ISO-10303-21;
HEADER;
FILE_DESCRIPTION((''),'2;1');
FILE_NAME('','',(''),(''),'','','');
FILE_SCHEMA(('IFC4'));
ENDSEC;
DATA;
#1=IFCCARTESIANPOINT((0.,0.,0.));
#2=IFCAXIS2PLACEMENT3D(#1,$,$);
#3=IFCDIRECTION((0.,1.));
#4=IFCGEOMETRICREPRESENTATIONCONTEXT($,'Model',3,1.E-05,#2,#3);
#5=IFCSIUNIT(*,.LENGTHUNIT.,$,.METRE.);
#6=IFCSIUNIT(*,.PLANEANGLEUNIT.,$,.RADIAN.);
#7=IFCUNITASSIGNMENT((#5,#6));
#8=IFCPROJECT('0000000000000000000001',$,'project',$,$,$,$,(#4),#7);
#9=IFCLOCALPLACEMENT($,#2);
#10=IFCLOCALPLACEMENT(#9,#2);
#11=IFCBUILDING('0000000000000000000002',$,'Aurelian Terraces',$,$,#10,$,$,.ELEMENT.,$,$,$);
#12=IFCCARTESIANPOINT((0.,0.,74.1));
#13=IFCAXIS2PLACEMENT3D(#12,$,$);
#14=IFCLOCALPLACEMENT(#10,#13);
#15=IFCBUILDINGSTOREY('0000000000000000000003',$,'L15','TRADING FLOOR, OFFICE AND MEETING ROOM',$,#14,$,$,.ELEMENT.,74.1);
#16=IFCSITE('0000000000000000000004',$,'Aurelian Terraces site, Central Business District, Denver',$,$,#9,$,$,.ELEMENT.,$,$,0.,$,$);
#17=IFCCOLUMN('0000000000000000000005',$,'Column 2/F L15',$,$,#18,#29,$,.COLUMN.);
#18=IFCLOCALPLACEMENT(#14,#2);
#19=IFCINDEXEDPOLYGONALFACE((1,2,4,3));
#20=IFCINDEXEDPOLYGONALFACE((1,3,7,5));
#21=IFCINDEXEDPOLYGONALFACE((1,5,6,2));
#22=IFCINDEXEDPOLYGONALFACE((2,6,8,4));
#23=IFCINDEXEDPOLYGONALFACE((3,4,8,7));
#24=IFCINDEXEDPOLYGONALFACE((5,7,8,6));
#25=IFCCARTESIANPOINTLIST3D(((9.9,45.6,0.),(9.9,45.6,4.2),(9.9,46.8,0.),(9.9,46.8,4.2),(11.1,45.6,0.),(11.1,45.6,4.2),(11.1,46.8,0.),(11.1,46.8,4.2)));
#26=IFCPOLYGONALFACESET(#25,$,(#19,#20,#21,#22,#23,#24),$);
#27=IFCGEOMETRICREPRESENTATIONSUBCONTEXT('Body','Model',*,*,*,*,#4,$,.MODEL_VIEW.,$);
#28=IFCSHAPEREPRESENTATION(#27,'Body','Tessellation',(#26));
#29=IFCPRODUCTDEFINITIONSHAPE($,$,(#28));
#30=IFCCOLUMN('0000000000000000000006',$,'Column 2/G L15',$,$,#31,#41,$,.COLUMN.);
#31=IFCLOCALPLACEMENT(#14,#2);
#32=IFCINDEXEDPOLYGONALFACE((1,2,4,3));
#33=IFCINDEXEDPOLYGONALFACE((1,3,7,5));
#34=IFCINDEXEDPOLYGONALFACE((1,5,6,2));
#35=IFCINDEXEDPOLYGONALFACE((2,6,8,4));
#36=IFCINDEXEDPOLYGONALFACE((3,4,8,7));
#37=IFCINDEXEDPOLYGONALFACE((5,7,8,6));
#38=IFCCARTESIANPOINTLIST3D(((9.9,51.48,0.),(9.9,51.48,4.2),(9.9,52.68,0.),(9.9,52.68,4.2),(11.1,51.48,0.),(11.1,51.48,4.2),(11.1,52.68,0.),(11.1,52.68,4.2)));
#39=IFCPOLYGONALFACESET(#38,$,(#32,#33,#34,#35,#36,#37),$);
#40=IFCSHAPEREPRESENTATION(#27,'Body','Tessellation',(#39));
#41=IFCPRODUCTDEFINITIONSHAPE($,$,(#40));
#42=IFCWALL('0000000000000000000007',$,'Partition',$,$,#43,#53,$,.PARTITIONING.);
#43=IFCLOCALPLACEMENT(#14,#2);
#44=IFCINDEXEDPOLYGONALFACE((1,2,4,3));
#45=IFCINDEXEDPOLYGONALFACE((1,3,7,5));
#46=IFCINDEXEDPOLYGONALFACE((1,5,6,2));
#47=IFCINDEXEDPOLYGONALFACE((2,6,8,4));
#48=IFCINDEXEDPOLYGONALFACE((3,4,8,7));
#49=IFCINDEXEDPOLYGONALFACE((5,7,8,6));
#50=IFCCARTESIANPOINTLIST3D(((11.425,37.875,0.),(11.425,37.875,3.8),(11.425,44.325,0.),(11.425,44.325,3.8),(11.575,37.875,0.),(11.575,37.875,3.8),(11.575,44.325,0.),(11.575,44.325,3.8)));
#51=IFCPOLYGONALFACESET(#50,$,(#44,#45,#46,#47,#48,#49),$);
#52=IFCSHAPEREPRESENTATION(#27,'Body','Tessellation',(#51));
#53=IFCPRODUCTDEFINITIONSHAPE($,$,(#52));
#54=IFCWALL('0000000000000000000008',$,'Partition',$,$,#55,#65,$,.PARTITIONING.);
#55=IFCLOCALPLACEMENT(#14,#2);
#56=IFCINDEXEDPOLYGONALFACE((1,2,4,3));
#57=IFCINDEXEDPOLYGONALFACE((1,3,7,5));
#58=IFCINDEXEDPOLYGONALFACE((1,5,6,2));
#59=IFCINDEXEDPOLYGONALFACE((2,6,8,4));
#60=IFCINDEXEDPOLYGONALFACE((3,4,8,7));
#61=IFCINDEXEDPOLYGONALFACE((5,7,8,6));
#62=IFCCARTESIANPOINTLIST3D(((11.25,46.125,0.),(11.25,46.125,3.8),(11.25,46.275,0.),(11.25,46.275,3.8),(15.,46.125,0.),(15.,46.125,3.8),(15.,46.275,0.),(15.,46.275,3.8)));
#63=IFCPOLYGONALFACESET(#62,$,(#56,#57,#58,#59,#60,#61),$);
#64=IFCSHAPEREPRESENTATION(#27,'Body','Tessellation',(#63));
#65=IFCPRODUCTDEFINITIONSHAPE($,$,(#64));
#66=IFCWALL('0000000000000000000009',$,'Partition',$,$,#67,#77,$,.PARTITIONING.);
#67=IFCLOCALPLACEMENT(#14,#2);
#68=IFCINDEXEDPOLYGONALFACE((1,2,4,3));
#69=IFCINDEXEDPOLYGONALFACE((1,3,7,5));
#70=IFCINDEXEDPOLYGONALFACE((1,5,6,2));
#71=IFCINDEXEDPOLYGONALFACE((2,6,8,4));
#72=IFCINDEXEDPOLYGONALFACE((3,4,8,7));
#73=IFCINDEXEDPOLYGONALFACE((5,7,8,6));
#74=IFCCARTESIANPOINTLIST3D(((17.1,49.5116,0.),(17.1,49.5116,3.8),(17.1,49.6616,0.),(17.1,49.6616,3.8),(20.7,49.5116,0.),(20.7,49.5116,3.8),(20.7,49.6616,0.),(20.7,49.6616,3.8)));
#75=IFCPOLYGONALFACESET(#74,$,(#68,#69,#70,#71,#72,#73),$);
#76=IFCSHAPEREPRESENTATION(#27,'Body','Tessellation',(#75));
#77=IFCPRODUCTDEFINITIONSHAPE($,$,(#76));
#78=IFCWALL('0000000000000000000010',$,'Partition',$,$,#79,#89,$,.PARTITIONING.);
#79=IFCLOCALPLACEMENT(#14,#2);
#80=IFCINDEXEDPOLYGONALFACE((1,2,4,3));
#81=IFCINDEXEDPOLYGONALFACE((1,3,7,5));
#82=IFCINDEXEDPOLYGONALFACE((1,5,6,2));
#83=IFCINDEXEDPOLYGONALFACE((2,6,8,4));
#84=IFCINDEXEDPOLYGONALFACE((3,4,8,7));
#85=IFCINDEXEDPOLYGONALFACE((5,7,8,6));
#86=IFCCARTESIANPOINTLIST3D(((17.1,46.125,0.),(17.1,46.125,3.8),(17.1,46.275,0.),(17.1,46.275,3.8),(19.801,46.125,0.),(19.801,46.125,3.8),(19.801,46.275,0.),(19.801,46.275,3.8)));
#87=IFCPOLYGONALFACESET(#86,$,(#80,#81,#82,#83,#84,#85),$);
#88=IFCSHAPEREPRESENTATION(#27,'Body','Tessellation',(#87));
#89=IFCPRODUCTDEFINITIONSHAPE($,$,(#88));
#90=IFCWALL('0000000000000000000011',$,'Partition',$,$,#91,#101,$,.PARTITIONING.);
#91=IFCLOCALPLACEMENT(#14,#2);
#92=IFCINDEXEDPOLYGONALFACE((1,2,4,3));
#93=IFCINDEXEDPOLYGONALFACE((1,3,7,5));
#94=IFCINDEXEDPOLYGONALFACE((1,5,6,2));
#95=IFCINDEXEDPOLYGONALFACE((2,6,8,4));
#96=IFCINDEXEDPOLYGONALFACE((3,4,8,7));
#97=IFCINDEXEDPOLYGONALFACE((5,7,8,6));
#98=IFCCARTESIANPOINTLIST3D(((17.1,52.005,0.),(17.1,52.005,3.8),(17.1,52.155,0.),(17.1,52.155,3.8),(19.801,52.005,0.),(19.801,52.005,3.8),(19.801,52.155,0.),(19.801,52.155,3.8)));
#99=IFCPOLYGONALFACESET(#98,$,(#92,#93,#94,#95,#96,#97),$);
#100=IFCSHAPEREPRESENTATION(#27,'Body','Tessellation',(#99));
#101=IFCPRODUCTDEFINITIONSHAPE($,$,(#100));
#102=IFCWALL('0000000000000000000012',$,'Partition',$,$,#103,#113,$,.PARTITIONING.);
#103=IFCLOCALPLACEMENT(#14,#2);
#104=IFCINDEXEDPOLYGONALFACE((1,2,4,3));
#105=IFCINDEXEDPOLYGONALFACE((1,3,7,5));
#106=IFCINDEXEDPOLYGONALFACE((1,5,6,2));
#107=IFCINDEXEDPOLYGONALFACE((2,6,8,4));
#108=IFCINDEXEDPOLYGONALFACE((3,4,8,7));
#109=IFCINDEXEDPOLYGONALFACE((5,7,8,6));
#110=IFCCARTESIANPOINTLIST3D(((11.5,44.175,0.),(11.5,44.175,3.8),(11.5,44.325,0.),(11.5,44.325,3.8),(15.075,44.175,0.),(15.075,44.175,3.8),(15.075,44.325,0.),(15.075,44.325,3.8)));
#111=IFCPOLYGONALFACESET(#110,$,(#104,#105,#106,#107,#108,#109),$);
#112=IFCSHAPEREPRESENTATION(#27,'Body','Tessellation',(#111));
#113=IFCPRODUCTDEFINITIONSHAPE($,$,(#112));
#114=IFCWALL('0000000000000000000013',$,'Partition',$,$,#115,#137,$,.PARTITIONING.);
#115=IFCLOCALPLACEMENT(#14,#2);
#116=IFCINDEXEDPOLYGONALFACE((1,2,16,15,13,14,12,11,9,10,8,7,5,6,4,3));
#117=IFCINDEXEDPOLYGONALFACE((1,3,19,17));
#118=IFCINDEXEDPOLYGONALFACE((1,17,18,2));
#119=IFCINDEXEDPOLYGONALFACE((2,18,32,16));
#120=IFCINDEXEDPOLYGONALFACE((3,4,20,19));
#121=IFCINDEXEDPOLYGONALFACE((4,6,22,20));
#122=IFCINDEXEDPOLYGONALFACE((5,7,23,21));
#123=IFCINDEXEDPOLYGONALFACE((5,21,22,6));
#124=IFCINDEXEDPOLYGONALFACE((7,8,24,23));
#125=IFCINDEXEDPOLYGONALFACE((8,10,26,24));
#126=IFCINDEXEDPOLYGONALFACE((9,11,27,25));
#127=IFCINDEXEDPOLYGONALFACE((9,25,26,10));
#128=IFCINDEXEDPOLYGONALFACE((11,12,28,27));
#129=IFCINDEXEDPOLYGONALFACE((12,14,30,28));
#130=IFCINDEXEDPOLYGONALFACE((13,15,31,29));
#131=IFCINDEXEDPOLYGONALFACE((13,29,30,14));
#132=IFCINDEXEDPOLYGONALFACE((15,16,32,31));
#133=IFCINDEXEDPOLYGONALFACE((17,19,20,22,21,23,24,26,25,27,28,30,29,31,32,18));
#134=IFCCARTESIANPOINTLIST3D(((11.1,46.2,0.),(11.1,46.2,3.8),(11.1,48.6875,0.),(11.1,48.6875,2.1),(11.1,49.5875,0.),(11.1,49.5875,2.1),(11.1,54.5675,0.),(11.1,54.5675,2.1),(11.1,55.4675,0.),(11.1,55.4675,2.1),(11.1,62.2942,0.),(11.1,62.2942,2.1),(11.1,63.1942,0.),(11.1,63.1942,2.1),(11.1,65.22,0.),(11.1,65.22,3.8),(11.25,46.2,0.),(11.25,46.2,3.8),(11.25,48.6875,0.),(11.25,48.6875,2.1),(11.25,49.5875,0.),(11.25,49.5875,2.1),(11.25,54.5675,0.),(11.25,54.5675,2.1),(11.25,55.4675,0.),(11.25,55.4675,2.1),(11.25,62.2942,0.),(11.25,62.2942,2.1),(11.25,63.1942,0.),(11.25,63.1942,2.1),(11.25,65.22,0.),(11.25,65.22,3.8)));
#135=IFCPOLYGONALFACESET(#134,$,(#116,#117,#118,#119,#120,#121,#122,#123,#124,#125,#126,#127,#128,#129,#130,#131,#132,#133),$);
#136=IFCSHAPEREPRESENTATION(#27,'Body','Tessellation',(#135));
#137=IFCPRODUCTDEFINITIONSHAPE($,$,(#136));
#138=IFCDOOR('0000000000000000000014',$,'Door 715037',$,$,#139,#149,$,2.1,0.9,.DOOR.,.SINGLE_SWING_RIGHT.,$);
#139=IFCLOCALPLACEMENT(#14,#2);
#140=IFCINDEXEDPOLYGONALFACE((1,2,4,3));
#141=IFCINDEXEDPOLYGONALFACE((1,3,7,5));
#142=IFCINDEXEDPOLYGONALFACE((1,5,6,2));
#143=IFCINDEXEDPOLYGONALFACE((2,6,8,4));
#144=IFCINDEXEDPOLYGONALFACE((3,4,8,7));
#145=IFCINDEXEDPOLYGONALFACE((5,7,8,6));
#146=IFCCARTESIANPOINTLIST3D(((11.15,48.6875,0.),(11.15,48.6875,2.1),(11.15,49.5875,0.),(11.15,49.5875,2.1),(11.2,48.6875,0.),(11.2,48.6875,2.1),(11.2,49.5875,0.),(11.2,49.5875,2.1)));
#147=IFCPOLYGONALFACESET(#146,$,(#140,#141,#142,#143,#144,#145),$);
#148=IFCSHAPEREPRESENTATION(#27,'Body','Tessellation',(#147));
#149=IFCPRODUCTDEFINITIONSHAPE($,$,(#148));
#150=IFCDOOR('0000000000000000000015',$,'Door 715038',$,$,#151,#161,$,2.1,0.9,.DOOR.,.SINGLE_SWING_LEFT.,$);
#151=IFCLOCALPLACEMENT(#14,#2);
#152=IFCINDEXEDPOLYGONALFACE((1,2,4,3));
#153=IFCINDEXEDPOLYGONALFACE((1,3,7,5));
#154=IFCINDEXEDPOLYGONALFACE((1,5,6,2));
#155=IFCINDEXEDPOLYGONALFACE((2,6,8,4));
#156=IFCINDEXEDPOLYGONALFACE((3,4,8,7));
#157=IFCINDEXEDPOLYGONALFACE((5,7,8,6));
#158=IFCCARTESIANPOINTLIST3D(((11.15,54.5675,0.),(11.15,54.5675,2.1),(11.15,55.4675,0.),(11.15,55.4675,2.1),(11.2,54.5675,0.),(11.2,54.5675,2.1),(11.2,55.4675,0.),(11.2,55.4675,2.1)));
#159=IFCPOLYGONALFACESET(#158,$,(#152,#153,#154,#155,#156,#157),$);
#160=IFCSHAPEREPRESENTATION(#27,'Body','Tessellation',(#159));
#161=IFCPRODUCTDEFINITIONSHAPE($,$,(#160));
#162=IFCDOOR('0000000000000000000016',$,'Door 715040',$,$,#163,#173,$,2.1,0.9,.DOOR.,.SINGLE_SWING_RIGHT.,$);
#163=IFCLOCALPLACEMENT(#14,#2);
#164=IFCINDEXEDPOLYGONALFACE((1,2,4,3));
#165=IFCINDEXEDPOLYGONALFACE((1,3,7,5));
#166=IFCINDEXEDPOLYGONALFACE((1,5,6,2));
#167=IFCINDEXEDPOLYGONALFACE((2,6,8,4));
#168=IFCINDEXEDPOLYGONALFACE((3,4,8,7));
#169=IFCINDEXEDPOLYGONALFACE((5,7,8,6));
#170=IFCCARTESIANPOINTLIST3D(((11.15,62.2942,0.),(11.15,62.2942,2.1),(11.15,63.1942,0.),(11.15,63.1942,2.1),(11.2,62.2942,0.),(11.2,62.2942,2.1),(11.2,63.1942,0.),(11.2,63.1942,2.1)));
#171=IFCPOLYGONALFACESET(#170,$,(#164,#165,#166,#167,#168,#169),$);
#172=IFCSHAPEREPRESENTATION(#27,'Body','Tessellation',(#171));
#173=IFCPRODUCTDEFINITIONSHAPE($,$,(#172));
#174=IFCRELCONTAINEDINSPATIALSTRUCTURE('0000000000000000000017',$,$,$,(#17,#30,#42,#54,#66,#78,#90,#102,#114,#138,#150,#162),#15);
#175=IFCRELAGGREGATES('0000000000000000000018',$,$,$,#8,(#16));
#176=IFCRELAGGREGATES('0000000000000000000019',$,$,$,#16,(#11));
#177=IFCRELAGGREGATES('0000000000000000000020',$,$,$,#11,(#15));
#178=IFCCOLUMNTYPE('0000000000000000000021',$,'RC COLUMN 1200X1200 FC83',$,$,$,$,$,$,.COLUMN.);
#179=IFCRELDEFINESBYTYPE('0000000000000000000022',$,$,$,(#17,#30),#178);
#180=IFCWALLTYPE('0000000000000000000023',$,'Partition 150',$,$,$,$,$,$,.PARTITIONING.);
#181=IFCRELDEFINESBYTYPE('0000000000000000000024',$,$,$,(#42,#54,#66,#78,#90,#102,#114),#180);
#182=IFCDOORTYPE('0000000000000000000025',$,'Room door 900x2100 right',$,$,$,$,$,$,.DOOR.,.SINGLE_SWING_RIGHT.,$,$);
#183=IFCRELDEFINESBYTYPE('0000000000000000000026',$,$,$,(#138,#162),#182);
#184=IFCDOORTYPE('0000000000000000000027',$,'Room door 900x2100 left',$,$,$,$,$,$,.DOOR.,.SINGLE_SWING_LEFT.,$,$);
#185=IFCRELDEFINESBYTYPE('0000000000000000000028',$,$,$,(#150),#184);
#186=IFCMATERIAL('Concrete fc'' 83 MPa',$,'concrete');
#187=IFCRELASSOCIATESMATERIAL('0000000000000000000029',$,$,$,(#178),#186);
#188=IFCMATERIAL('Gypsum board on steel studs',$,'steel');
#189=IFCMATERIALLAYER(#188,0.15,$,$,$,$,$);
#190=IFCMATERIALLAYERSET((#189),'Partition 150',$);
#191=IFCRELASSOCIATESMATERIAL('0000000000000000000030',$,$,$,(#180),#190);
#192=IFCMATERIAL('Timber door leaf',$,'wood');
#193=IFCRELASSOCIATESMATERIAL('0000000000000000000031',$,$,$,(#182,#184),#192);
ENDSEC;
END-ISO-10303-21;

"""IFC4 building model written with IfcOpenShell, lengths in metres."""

from ifc_helpers import new_model, si_unit, direction, frame, frame_2d, origin, origin_2d, place, context, subcontext, project, spatial, rectangle, extrude, source, transform, mapped, material, layer, layer_set, material_profile, profile_set, type_object, element, fill, save


model = new_model("IFC4")

# Units and contexts
model_context = context("Model", 3, precision=1e-05, world=origin(), true_north=direction((0.0, 1.0)))
body_context = subcontext(model_context, "Body", "Model", "MODEL_VIEW")
ifc_project = project(units=[si_unit("LENGTHUNIT", "METRE"), si_unit("PLANEANGLEUNIT", "RADIAN")], contexts=[model_context])

# Site, building, storey
site_placement = place(None, origin())
site = spatial("IfcSite", under=ifc_project, at=site_placement, Name="Aurelian Terraces site, Central Business District, Denver", CompositionType="ELEMENT", RefElevation=0.0)
building_placement = place(site_placement, origin())
building = spatial("IfcBuilding", under=site, at=building_placement, Name="Aurelian Terraces", CompositionType="ELEMENT")
storey_placement = place(building_placement, frame((0.0, 0.0, 74.1)))
storey = spatial("IfcBuildingStorey", under=building, at=storey_placement, Name="L15", Description="TRADING FLOOR, OFFICE AND MEETING ROOM", CompositionType="ELEMENT", Elevation=74.1)

# Columns
ifc_material_1 = material(Name="Concrete fc' 83 MPa", Category="concrete")
ifc_material_profile = material_profile(ifc_material_1, rectangle(XDim=1.2, YDim=1.2, at=origin_2d()))
ifc_profile_set = profile_set([ifc_material_profile], Name="Concrete fc' 83 MPa")
column_type = type_object("IfcColumnType", Name="RC COLUMN 1200X1200 FC83", PredefinedType="COLUMN", material=ifc_profile_set)
shared_shape_1 = source(origin(), body_context, "Body", "SweptSolid", [
    extrude(rectangle(XDim=1.2, YDim=1.2, at=origin_2d()), origin(), (0.0, 0.0, 1.0), 4.2),
])
for number, where, z_axis, x_axis, name in (
    (1, (10.5, 46.2, 0.0), (0.0, 0.0, 1.0), (1.0, 0.0, 0.0), "Column 2/F L15"),
    (2, (10.5, 52.08, 0.0), (0.0, 0.0, 1.0), (1.0, 0.0, 0.0), "Column 2/G L15"),
):
    element("IfcColumn", number, at=place(storey_placement, frame(where, z_axis=z_axis, x_axis=x_axis)), inside=storey, type_object=column_type, Name=name, PredefinedType="COLUMN", context=body_context, shape_type="MappedRepresentation", body=[
        mapped(shared_shape_1, transform((0.0, 0.0, 0.0), scale=1.0)),
    ])

# Walls
ifc_material_2 = material(Name="Gypsum board on steel studs", Category="steel")
ifc_layer_1 = layer(ifc_material_2, 0.15)
ifc_layer_set_1 = layer_set([ifc_layer_1], Name="Partition 150")
wall_type_1 = type_object("IfcWallType", Name="Partition 150", PredefinedType="PARTITIONING", material=ifc_layer_set_1)
shared_shape_2 = source(origin(), body_context, "Body", "SweptSolid", [
    extrude(rectangle(XDim=6.45, YDim=0.15, at=frame_2d((3.225, 0.0))), origin(), (0.0, 0.0, 1.0), 3.8),
])
wall_1_placement = place(storey_placement, frame((11.5, 44.325, 0.0), z_axis=(0.0, 0.0, 1.0), x_axis=(0.0, -1.0, 0.0)))
element("IfcWall", 3, at=wall_1_placement, inside=storey, type_object=wall_type_1, Name="Partition", PredefinedType="PARTITIONING", context=body_context, shape_type="MappedRepresentation", body=[
    mapped(shared_shape_2, transform((0.0, 0.0, 0.0), scale=1.0)),
])
shared_shape_3 = source(origin(), body_context, "Body", "SweptSolid", [
    extrude(rectangle(XDim=3.75, YDim=0.15, at=frame_2d((1.875, 0.0))), origin(), (0.0, 0.0, 1.0), 3.8),
])
wall_2_placement = place(storey_placement, frame((15.0, 46.2, 0.0), z_axis=(0.0, 0.0, 1.0), x_axis=(-1.0, 0.0, 0.0)))
element("IfcWall", 4, at=wall_2_placement, inside=storey, type_object=wall_type_1, Name="Partition", PredefinedType="PARTITIONING", context=body_context, shape_type="MappedRepresentation", body=[
    mapped(shared_shape_3, transform((0.0, 0.0, 0.0), scale=1.0)),
])
shared_shape_4 = source(origin(), body_context, "Body", "SweptSolid", [
    extrude(rectangle(XDim=3.6, YDim=0.15, at=frame_2d((1.8, 0.0))), origin(), (0.0, 0.0, 1.0), 3.8),
])
wall_3_placement = place(storey_placement, frame((17.1, 49.5866, 0.0), z_axis=(0.0, 0.0, 1.0), x_axis=(1.0, 0.0, 0.0)))
element("IfcWall", 5, at=wall_3_placement, inside=storey, type_object=wall_type_1, Name="Partition", PredefinedType="PARTITIONING", context=body_context, shape_type="MappedRepresentation", body=[
    mapped(shared_shape_4, transform((0.0, 0.0, 0.0), scale=1.0)),
])
shared_shape_5 = source(origin(), body_context, "Body", "SweptSolid", [
    extrude(rectangle(XDim=2.701, YDim=0.15, at=frame_2d((1.3505, 0.0))), origin(), (0.0, 0.0, 1.0), 3.8),
])
for number, where, z_axis, x_axis, name in (
    (6, (19.801, 46.2, 0.0), (0.0, 0.0, 1.0), (-1.0, 0.0, 0.0), "Partition"),
    (7, (19.801, 52.08, 0.0), (0.0, 0.0, 1.0), (-1.0, 0.0, 0.0), "Partition"),
):
    element("IfcWall", number, at=place(storey_placement, frame(where, z_axis=z_axis, x_axis=x_axis)), inside=storey, type_object=wall_type_1, Name=name, PredefinedType="PARTITIONING", context=body_context, shape_type="MappedRepresentation", body=[
        mapped(shared_shape_5, transform((0.0, 0.0, 0.0), scale=1.0)),
    ])
shared_shape_6 = source(origin(), body_context, "Body", "SweptSolid", [
    extrude(rectangle(XDim=3.575, YDim=0.15, at=frame_2d((1.7875, 0.0))), origin(), (0.0, 0.0, 1.0), 3.8),
])
wall_4_placement = place(storey_placement, frame((15.075, 44.25, 0.0), z_axis=(0.0, 0.0, 1.0), x_axis=(-1.0, 0.0, 0.0)))
element("IfcWall", 8, at=wall_4_placement, inside=storey, type_object=wall_type_1, Name="Partition", PredefinedType="PARTITIONING", context=body_context, shape_type="MappedRepresentation", body=[
    mapped(shared_shape_6, transform((0.0, 0.0, 0.0), scale=1.0)),
])

# Wall, openings, doors
shared_shape_7 = source(origin(), body_context, "Body", "SweptSolid", [
    extrude(rectangle(XDim=19.02, YDim=0.15, at=frame_2d((9.51, 0.0))), origin(), (0.0, 0.0, 1.0), 3.8),
])
wall_5_placement = place(storey_placement, frame((11.175, 46.2, 0.0), z_axis=(0.0, 0.0, 1.0), x_axis=(0.0, 1.0, 0.0)))
wall_5 = element("IfcWall", 9, at=wall_5_placement, inside=storey, type_object=wall_type_1, Name="Partition", PredefinedType="PARTITIONING", context=body_context, shape_type="MappedRepresentation", body=[
    mapped(shared_shape_7, transform((0.0, 0.0, 0.0), scale=1.0)),
])
shared_shape_8 = source(origin(), body_context, "Body", "SweptSolid", [
    extrude(rectangle(XDim=0.9, YDim=2.1, at=frame_2d((0.45, 1.05))), frame((0.0, 0.085, 0.0), z_axis=(0.0, -1.0, 0.0), x_axis=(1.0, 0.0, 0.0)), (0.0, 0.0, 1.0), 0.17),
])
opening_1_placement = place(wall_5_placement, frame((2.4875, 0.0, 0.0)))
opening_1 = element("IfcOpeningElement", 10, at=opening_1_placement, cuts=wall_5, PredefinedType="OPENING", context=body_context, shape_type="MappedRepresentation", body=[
    mapped(shared_shape_8, transform((0.0, 0.0, 0.0), scale=1.0)),
])
opening_2_placement = place(wall_5_placement, frame((8.3675, 0.0, 0.0)))
opening_2 = element("IfcOpeningElement", 11, at=opening_2_placement, cuts=wall_5, PredefinedType="OPENING", context=body_context, shape_type="MappedRepresentation", body=[
    mapped(shared_shape_8, transform((0.0, 0.0, 0.0), scale=1.0)),
])
opening_3_placement = place(wall_5_placement, frame((16.0942, 0.0, 0.0)))
opening_3 = element("IfcOpeningElement", 12, at=opening_3_placement, cuts=wall_5, PredefinedType="OPENING", context=body_context, shape_type="MappedRepresentation", body=[
    mapped(shared_shape_8, transform((0.0, 0.0, 0.0), scale=1.0)),
])
ifc_material_3 = material(Name="Timber door leaf", Category="wood")
door_type_1 = type_object("IfcDoorType", Name="Room door 900x2100 right", OperationType="SINGLE_SWING_RIGHT", PredefinedType="DOOR", material=ifc_material_3)
shared_shape_9 = source(origin(), body_context, "Body", "SweptSolid", [
    extrude(rectangle(XDim=0.9, YDim=2.1, at=frame_2d((0.45, 1.05))), frame((0.0, 0.025, 0.0), z_axis=(0.0, -1.0, 0.0), x_axis=(1.0, 0.0, 0.0)), (0.0, 0.0, 1.0), 0.05),
])
door_1_placement = place(opening_1_placement, origin())
door_1 = element("IfcDoor", 13, at=door_1_placement, inside=storey, type_object=door_type_1, Name="Door 715037", OperationType="SINGLE_SWING_RIGHT", OverallHeight=2.1, OverallWidth=0.9, PredefinedType="DOOR", context=body_context, shape_type="MappedRepresentation", body=[
    mapped(shared_shape_9, transform((0.0, 0.0, 0.0), scale=1.0)),
])
fill(opening_1, door_1)
door_type_2 = type_object("IfcDoorType", Name="Room door 900x2100 left", OperationType="SINGLE_SWING_LEFT", PredefinedType="DOOR", material=ifc_material_3)
door_2_placement = place(opening_2_placement, origin())
door_2 = element("IfcDoor", 14, at=door_2_placement, inside=storey, type_object=door_type_2, Name="Door 715038", OperationType="SINGLE_SWING_LEFT", OverallHeight=2.1, OverallWidth=0.9, PredefinedType="DOOR", context=body_context, shape_type="MappedRepresentation", body=[
    mapped(shared_shape_9, transform((0.0, 0.0, 0.0), scale=1.0)),
])
fill(opening_2, door_2)
door_3_placement = place(opening_3_placement, origin())
door_3 = element("IfcDoor", 15, at=door_3_placement, inside=storey, type_object=door_type_1, Name="Door 715040", OperationType="SINGLE_SWING_RIGHT", OverallHeight=2.1, OverallWidth=0.9, PredefinedType="DOOR", context=body_context, shape_type="MappedRepresentation", body=[
    mapped(shared_shape_9, transform((0.0, 0.0, 0.0), scale=1.0)),
])
fill(opening_3, door_3)

save(model, "model.ifc")
